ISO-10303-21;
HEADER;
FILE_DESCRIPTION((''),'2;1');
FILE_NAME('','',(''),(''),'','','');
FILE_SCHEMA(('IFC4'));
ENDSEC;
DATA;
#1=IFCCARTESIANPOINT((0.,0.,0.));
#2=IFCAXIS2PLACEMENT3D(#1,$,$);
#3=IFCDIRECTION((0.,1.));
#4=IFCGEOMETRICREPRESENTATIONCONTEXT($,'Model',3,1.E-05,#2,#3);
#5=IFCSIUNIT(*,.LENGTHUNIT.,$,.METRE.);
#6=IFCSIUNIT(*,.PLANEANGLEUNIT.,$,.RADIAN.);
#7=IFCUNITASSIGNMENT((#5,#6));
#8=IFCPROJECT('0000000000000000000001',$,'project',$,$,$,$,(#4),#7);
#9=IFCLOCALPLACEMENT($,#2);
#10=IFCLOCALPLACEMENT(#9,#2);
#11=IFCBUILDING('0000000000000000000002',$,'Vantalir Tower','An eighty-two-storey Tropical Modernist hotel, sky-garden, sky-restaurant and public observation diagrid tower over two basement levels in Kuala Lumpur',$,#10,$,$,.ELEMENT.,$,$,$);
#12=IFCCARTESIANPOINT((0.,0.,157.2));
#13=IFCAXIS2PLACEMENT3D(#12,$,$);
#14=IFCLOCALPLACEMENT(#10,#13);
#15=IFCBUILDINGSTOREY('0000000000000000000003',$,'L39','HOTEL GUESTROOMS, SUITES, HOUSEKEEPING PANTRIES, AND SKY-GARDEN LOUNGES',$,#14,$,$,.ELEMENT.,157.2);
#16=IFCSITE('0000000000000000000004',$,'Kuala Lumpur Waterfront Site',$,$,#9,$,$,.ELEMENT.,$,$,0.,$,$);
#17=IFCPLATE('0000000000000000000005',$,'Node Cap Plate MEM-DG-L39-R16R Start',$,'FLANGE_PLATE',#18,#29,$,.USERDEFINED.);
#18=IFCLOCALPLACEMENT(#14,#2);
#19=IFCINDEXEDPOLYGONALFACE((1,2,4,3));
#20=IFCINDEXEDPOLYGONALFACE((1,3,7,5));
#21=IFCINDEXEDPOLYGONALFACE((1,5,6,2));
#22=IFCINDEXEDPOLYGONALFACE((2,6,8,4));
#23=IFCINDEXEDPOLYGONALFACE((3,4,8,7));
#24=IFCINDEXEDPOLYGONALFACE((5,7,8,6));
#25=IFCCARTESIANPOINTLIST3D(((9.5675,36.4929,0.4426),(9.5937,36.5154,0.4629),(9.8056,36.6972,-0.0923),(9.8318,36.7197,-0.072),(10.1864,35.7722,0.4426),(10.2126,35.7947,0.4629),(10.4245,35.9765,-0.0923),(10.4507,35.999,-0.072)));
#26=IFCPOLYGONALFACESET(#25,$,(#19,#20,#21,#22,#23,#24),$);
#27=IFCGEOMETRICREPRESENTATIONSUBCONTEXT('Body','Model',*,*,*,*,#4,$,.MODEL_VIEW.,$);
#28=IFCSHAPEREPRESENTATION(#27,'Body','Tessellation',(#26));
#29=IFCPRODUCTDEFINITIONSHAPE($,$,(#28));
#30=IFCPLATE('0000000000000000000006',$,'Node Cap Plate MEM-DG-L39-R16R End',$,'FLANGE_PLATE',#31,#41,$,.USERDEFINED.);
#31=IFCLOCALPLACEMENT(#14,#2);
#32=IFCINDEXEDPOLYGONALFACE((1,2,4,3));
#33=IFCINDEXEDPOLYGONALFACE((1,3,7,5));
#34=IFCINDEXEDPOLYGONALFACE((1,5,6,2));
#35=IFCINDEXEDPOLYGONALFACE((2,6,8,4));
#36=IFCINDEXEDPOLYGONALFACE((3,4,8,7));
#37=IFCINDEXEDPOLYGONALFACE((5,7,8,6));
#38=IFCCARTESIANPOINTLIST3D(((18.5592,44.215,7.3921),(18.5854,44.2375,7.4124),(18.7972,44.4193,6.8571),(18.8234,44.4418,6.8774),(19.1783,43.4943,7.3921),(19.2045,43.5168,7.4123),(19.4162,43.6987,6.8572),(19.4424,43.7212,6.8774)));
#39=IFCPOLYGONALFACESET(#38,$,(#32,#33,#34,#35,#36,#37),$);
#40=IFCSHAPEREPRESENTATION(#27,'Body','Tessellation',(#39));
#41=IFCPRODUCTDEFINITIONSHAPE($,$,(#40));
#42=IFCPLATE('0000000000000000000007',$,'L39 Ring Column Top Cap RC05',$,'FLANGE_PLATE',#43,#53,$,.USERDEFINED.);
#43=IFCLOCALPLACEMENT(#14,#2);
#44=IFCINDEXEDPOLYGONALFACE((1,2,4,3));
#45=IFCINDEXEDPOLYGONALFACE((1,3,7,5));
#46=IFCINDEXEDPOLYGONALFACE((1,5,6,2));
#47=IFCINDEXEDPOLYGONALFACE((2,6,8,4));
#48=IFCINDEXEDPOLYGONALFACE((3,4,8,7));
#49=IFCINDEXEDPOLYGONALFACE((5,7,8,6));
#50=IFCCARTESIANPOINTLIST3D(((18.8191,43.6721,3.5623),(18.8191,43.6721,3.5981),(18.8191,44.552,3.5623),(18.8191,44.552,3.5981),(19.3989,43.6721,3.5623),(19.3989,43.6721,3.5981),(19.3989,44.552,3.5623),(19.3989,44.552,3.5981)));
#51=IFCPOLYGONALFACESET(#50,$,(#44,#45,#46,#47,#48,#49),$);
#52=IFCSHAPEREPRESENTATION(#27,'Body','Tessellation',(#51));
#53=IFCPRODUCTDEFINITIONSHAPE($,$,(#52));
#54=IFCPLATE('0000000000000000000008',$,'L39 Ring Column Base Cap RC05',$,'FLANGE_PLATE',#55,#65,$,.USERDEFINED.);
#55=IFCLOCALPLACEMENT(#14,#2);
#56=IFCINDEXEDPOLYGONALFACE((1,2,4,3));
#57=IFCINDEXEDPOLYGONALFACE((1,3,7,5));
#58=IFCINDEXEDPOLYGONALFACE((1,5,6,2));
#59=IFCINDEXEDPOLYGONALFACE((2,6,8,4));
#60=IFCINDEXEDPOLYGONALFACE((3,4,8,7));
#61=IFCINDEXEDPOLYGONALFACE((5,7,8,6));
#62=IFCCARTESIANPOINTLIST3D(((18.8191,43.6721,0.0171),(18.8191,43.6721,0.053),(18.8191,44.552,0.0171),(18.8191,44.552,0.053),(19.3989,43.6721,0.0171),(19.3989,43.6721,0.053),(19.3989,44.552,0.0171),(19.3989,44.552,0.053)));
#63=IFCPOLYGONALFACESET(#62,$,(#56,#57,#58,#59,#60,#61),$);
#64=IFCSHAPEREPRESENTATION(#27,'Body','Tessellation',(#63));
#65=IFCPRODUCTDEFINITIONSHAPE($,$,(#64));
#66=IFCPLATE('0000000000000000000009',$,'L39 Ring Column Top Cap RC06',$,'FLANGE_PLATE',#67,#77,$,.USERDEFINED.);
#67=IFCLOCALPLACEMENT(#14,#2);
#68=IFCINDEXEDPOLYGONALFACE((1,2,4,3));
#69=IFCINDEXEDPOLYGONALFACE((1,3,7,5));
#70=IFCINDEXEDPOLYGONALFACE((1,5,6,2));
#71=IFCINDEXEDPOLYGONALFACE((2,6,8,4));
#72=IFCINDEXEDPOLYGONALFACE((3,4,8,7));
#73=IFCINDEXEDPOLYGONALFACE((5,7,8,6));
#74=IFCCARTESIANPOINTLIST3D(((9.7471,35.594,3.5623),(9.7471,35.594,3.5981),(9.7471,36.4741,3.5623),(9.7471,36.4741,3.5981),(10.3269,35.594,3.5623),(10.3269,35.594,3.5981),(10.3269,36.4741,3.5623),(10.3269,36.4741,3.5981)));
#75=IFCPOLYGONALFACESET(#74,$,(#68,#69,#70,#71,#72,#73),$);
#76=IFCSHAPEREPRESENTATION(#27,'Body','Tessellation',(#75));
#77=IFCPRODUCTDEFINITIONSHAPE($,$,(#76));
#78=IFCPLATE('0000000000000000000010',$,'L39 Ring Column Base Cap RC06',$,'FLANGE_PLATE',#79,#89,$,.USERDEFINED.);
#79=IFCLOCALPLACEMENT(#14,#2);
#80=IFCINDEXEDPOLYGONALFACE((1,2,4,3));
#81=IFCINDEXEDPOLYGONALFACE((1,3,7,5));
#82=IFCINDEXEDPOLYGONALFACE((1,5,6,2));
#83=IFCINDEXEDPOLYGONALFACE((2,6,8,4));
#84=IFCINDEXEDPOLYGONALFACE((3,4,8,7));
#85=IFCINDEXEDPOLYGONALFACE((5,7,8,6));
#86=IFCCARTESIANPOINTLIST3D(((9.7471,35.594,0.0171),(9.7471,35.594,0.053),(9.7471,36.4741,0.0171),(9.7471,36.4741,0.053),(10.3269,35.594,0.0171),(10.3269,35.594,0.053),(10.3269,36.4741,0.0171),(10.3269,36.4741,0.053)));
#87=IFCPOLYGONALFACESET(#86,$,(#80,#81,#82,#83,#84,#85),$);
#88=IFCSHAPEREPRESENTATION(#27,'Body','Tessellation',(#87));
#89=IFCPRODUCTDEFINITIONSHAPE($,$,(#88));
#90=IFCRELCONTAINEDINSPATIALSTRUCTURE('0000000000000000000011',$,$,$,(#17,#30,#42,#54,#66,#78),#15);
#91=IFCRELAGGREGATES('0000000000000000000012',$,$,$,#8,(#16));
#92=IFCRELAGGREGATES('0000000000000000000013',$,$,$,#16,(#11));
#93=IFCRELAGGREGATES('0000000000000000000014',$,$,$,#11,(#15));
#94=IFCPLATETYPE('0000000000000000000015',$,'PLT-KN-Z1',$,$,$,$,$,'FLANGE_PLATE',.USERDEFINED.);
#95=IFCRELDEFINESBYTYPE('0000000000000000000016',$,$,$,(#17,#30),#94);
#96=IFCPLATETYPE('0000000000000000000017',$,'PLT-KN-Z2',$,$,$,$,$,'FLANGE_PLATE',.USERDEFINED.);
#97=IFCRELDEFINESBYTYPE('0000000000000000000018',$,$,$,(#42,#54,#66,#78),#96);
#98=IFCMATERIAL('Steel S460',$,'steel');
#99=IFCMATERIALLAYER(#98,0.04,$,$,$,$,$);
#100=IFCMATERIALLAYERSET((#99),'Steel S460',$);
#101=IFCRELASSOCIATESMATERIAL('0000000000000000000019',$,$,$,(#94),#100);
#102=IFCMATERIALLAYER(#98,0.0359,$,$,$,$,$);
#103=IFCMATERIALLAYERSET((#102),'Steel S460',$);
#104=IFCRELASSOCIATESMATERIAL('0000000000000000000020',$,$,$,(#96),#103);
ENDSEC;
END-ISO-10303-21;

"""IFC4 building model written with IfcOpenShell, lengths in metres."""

from ifc_helpers import new_model, si_unit, direction, frame, origin, place, context, subcontext, project, spatial, polyline, outline, extrude, material, layer, layer_set, type_object, element, save


model = new_model("IFC4")

# Units and contexts
model_context = context("Model", 3, precision=1e-05, world=origin(), true_north=direction((0.0, 1.0)))
body_context = subcontext(model_context, "Body", "Model", "MODEL_VIEW")
ifc_project = project(units=[si_unit("LENGTHUNIT", "METRE"), si_unit("PLANEANGLEUNIT", "RADIAN")], contexts=[model_context])

# Site, building, storey
site_placement = place(None, origin())
site = spatial("IfcSite", under=ifc_project, at=site_placement, Name="Kuala Lumpur Waterfront Site", CompositionType="ELEMENT", RefElevation=0.0)
building_placement = place(site_placement, origin())
building = spatial("IfcBuilding", under=site, at=building_placement, Name="Vantalir Tower", Description="An eighty-two-storey Tropical Modernist hotel, sky-garden, sky-restaurant and public observation diagrid tower over two basement levels in Kuala Lumpur", CompositionType="ELEMENT")
storey_placement = place(building_placement, frame((0.0, 0.0, 157.2)))
storey = spatial("IfcBuildingStorey", under=building, at=storey_placement, Name="L39", Description="HOTEL GUESTROOMS, SUITES, HOUSEKEEPING PANTRIES, AND SKY-GARDEN LOUNGES", CompositionType="ELEMENT", Elevation=157.2)

# Shared definitions
ifc_material_1 = material(Name="Steel S460", Category="steel")

# Plates
ifc_layer_1 = layer(ifc_material_1, 0.04)
ifc_layer_set_1 = layer_set([ifc_layer_1], Name="Steel S460")
plate_type_1 = type_object("IfcPlateType", Name="PLT-KN-Z1", ElementType="FLANGE_PLATE", PredefinedType="USERDEFINED", material=ifc_layer_set_1)
plate_1_placement = place(storey_placement, frame((10.4507, 35.999, -0.072), z_axis=(0.654413, 0.561971, 0.505898), x_axis=(-0.65149, 0.758658, 0.0)))
element("IfcPlate", 1, at=plate_1_placement, inside=storey, type_object=plate_type_1, Name="Node Cap Plate MEM-DG-L39-R16R Start", ObjectType="FLANGE_PLATE", PredefinedType="USERDEFINED", context=body_context, shape_type="SweptSolid", body=[
    extrude(outline(polyline([(0.0, 0.0), (0.95, 0.0), (0.95, 0.6201), (0.0001, 0.6201), (0.0, 0.0)])), origin(), (0.0, 0.0, -1.0), 0.04),
])
plate_2_placement = place(storey_placement, frame((19.4424, 43.7212, 6.8774), z_axis=(0.654408, 0.562077, 0.505787), x_axis=(-0.651545, 0.75861, -0.000043)))
element("IfcPlate", 2, at=plate_2_placement, inside=storey, type_object=plate_type_1, Name="Node Cap Plate MEM-DG-L39-R16R End", ObjectType="FLANGE_PLATE", PredefinedType="USERDEFINED", context=body_context, shape_type="SweptSolid", body=[
    extrude(outline(polyline([(0.0, 0.0), (0.95, 0.0), (0.95, 0.6201), (-0.0001, 0.62), (0.0, 0.0)])), origin(), (0.0, 0.0, -1.0), 0.04),
])
ifc_layer_2 = layer(ifc_material_1, 0.0359)
ifc_layer_set_2 = layer_set([ifc_layer_2], Name="Steel S460")
plate_type_2 = type_object("IfcPlateType", Name="PLT-KN-Z2", ElementType="FLANGE_PLATE", PredefinedType="USERDEFINED", material=ifc_layer_set_2)
for number, where, z_axis, x_axis, name in (
    (3, (18.8191, 44.552, 3.5981), (0.0, 0.0, 1.0), (0.0, -1.0, 0.0), "L39 Ring Column Top Cap RC05"),
    (4, (18.8191, 44.552, 0.053), (0.0, 0.0, 1.0), (0.0, -1.0, 0.0), "L39 Ring Column Base Cap RC05"),
):
    element("IfcPlate", number, at=place(storey_placement, frame(where, z_axis=z_axis, x_axis=x_axis)), inside=storey, type_object=plate_type_2, Name=name, ObjectType="FLANGE_PLATE", PredefinedType="USERDEFINED", context=body_context, shape_type="SweptSolid", body=[
        extrude(outline(polyline([(0.0, 0.0), (0.8799, 0.0), (0.8799, 0.5798), (0.0, 0.5798), (0.0, 0.0)])), origin(), (0.0, 0.0, -1.0), 0.0359),
    ])
for number, where, z_axis, x_axis, name in (
    (5, (9.7471, 36.4741, 3.5981), (0.0, 0.0, 1.0), (0.0, -1.0, 0.0), "L39 Ring Column Top Cap RC06"),
    (6, (9.7471, 36.4741, 0.053), (0.0, 0.0, 1.0), (0.0, -1.0, 0.0), "L39 Ring Column Base Cap RC06"),
):
    element("IfcPlate", number, at=place(storey_placement, frame(where, z_axis=z_axis, x_axis=x_axis)), inside=storey, type_object=plate_type_2, Name=name, ObjectType="FLANGE_PLATE", PredefinedType="USERDEFINED", context=body_context, shape_type="SweptSolid", body=[
        extrude(outline(polyline([(0.0, 0.0), (0.8801, 0.0), (0.8801, 0.5798), (0.0, 0.5798), (0.0, 0.0)])), origin(), (0.0, 0.0, -1.0), 0.0359),
    ])

save(model, "model.ifc")
